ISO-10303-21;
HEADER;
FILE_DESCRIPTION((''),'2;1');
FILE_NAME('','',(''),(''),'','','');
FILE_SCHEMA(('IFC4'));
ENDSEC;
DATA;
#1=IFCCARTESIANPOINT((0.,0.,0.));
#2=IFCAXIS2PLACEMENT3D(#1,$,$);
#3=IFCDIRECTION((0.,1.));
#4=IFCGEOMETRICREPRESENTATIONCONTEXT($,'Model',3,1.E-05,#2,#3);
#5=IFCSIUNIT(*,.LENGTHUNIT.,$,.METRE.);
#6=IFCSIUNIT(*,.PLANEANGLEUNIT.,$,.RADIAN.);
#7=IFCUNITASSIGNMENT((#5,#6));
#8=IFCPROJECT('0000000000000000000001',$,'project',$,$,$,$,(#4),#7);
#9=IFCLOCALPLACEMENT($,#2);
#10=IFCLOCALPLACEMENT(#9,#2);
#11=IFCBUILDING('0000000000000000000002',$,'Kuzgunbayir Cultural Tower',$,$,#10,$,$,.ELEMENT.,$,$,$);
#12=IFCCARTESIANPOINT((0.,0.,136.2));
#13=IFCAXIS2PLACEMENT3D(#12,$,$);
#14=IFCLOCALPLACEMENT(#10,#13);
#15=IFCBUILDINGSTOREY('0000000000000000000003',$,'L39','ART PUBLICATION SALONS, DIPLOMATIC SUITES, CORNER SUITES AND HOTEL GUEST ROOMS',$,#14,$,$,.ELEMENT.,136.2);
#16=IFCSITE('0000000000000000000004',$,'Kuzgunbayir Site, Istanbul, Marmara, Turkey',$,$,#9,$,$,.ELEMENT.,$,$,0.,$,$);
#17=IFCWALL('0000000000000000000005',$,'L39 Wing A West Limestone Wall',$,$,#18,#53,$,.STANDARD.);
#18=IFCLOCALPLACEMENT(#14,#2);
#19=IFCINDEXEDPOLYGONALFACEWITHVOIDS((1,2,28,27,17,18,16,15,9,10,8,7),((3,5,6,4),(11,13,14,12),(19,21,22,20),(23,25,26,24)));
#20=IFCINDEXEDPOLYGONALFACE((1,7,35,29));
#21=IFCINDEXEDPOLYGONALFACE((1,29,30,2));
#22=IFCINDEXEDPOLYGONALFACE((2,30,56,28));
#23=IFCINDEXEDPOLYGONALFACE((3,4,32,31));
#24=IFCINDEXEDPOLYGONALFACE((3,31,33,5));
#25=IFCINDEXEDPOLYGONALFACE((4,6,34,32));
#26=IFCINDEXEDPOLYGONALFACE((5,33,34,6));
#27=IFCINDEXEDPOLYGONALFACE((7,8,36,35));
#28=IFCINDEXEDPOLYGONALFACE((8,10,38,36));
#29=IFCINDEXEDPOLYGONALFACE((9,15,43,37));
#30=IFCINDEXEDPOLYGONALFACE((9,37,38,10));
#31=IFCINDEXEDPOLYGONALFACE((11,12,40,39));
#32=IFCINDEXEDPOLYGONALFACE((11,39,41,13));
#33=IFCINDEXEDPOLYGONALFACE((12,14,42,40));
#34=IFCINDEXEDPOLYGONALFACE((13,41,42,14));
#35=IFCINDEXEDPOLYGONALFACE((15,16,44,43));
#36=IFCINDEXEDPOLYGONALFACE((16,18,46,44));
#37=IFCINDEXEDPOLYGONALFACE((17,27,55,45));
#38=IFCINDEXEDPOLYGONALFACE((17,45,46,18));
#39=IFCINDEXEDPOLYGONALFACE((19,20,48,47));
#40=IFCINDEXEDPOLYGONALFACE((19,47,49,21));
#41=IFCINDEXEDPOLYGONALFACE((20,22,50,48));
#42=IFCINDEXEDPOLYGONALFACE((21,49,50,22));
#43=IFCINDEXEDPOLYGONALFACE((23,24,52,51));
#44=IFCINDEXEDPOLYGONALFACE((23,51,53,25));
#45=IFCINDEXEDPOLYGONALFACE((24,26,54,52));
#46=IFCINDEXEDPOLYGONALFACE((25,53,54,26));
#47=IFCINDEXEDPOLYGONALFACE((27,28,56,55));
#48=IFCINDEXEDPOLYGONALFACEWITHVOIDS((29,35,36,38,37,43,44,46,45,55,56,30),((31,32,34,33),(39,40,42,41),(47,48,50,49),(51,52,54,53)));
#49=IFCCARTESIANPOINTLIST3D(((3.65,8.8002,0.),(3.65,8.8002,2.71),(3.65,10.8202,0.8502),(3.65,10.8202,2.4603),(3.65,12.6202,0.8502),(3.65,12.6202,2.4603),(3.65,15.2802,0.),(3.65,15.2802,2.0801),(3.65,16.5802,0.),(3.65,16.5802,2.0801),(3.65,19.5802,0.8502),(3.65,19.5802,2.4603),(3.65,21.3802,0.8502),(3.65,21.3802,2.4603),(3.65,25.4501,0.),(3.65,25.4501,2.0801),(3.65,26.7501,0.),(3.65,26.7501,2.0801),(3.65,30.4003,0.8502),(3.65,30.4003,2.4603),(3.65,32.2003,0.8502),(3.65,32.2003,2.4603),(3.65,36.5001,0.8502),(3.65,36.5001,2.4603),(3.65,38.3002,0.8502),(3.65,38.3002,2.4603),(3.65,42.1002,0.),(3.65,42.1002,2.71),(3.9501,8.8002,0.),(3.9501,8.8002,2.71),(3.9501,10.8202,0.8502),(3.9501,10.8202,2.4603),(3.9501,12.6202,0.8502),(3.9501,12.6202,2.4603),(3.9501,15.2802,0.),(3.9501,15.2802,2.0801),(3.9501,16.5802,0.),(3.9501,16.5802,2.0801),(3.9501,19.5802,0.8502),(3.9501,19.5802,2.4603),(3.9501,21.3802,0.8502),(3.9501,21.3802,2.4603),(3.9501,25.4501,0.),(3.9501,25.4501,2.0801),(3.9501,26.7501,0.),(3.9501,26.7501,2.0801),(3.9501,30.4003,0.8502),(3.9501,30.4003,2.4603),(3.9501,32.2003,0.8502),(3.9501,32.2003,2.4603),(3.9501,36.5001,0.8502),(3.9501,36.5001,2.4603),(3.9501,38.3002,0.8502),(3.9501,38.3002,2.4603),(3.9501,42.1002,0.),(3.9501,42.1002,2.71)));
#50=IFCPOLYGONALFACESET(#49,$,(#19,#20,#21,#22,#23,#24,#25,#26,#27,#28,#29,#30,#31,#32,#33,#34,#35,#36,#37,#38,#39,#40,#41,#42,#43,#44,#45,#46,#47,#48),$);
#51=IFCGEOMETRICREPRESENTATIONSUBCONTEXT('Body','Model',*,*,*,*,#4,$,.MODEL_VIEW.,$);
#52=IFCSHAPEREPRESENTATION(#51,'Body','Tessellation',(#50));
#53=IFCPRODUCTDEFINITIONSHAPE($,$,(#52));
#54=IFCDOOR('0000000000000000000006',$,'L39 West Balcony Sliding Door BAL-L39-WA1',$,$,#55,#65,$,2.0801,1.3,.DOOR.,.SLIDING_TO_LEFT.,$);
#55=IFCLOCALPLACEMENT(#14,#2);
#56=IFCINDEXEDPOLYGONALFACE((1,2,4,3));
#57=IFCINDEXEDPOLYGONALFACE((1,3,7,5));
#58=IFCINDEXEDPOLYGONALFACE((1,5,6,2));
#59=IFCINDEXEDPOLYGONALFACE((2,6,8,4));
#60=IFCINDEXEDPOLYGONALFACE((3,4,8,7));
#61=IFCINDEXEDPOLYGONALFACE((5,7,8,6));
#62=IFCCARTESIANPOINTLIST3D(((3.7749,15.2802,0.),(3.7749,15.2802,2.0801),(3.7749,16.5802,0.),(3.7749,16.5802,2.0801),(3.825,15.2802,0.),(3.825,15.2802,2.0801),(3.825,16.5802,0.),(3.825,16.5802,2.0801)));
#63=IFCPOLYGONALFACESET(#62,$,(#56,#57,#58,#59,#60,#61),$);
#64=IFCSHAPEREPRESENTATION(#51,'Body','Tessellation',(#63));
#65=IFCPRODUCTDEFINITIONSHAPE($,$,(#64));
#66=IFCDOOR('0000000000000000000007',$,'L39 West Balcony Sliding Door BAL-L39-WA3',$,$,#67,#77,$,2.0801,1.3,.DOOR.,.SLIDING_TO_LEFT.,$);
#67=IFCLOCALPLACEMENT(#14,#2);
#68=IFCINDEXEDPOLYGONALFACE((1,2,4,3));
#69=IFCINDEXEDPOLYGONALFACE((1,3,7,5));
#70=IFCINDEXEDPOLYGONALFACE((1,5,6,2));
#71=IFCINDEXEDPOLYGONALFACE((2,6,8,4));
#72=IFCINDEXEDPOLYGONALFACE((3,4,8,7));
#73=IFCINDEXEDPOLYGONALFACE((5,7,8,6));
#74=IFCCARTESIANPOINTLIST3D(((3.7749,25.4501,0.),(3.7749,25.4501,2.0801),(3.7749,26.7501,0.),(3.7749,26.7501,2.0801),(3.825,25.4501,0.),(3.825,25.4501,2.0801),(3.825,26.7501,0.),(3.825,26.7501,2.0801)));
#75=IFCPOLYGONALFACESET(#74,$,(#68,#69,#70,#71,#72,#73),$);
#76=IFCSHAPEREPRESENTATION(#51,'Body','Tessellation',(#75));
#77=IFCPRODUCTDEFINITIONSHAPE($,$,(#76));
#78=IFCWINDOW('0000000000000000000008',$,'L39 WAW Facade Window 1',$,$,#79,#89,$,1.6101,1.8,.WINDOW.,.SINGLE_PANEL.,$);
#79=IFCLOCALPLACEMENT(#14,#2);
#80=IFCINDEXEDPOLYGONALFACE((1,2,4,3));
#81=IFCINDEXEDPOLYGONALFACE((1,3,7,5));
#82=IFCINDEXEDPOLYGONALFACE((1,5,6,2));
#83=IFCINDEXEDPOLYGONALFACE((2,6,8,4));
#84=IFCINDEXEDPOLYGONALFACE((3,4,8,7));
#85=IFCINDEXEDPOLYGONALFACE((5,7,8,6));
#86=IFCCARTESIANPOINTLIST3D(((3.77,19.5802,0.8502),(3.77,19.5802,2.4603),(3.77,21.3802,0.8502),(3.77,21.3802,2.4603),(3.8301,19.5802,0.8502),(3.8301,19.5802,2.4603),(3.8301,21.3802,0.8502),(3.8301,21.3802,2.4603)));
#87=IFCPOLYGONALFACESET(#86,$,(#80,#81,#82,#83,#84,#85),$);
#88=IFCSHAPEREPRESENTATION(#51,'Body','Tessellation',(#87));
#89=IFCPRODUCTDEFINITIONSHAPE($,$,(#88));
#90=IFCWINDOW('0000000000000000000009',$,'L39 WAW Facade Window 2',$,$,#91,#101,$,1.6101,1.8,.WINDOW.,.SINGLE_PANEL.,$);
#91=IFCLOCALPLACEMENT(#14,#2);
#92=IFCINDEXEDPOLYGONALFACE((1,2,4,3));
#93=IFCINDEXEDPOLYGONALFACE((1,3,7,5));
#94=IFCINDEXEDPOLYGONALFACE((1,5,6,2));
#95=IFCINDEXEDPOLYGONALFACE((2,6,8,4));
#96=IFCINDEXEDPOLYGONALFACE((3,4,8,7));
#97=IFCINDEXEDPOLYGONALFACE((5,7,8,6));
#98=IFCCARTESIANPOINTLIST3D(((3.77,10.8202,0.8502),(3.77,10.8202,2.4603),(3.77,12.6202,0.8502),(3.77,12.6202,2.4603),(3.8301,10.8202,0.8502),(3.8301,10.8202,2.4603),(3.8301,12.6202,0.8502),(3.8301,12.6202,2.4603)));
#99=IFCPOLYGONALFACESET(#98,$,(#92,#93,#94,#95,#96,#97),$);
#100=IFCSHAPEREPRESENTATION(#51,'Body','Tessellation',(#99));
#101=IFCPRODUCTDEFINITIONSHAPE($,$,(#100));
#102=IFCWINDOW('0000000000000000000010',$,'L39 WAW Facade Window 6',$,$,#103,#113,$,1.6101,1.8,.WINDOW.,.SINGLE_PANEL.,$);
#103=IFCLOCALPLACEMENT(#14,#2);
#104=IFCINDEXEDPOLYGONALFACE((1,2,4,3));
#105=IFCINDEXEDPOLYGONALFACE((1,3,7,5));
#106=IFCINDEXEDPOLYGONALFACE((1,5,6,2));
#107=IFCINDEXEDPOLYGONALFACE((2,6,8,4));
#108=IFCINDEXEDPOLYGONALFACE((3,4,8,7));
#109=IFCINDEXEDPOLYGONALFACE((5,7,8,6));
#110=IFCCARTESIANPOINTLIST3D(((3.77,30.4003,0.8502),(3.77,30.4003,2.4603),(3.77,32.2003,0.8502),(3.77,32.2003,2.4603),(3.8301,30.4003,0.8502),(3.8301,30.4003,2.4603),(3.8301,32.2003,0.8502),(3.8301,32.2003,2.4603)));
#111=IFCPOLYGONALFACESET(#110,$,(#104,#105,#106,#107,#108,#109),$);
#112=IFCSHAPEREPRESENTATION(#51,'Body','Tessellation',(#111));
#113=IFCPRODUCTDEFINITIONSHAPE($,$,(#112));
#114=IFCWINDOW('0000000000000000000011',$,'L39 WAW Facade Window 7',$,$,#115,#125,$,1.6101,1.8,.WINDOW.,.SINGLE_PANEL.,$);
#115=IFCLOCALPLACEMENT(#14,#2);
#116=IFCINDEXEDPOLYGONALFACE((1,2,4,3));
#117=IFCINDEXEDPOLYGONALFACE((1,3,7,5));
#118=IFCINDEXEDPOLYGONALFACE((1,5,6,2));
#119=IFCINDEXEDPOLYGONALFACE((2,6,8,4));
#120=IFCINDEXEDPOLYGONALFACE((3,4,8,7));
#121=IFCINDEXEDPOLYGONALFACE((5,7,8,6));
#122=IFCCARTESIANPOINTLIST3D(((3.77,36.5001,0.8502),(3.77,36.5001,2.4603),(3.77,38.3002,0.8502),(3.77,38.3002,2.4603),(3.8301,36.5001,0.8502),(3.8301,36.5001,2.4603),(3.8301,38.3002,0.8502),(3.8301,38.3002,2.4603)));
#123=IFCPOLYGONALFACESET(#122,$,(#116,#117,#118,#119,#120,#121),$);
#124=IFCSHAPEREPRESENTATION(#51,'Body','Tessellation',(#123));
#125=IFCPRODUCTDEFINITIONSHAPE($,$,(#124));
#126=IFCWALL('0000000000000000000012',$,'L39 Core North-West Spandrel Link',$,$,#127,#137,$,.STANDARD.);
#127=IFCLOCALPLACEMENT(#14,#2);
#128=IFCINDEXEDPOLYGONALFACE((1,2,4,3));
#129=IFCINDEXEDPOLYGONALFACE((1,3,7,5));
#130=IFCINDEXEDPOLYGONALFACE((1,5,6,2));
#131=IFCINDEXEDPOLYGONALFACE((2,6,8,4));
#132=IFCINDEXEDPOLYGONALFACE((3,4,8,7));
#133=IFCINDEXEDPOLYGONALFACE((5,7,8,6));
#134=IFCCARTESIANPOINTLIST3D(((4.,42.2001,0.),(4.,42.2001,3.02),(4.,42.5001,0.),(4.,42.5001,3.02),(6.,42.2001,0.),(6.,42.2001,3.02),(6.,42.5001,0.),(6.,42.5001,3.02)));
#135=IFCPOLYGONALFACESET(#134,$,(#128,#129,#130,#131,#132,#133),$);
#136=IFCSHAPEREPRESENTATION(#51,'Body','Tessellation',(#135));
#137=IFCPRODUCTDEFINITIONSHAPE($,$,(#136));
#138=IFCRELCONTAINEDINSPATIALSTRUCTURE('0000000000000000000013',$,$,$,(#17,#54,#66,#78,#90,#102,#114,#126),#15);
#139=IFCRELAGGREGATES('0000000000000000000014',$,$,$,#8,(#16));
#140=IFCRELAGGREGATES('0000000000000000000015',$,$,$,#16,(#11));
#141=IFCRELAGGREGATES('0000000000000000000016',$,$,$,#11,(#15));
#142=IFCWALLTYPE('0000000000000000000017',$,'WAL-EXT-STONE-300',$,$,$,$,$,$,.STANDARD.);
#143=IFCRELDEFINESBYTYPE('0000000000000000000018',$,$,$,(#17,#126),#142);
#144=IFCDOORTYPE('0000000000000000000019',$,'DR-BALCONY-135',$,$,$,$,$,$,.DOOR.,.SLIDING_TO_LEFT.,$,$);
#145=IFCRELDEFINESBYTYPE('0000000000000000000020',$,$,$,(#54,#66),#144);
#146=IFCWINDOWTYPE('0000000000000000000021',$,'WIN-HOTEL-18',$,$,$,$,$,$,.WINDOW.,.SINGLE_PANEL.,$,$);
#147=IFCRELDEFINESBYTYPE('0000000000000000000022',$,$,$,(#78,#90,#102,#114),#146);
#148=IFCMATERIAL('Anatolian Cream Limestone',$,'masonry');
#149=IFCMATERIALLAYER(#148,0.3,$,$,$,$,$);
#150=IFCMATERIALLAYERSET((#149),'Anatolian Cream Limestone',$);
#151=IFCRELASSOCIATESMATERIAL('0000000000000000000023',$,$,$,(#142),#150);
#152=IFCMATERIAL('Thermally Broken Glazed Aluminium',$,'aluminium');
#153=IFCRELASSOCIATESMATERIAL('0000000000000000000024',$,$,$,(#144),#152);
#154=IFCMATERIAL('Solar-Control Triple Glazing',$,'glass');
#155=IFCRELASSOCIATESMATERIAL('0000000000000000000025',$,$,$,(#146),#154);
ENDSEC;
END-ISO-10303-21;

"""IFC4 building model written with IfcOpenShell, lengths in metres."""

from ifc_helpers import new_model, si_unit, direction, frame, frame_2d, origin, place, context, subcontext, project, spatial, rectangle, extrude, material, layer, layer_set, type_object, element, fill, save


model = new_model("IFC4")

# Units and contexts
model_context = context("Model", 3, precision=1e-05, world=origin(), true_north=direction((0.0, 1.0)))
body_context = subcontext(model_context, "Body", "Model", "MODEL_VIEW")
ifc_project = project(units=[si_unit("LENGTHUNIT", "METRE"), si_unit("PLANEANGLEUNIT", "RADIAN")], contexts=[model_context])

# Site, building, storey
site_placement = place(None, origin())
site = spatial("IfcSite", under=ifc_project, at=site_placement, Name="Kuzgunbayir Site, Istanbul, Marmara, Turkey", CompositionType="ELEMENT", RefElevation=0.0)
building_placement = place(site_placement, origin())
building = spatial("IfcBuilding", under=site, at=building_placement, Name="Kuzgunbayir Cultural Tower", CompositionType="ELEMENT")
storey_placement = place(building_placement, frame((0.0, 0.0, 136.2)))
storey = spatial("IfcBuildingStorey", under=building, at=storey_placement, Name="L39", Description="ART PUBLICATION SALONS, DIPLOMATIC SUITES, CORNER SUITES AND HOTEL GUEST ROOMS", CompositionType="ELEMENT", Elevation=136.2)

# Wall, openings, doors, windows
ifc_material_1 = material(Name="Anatolian Cream Limestone", Category="masonry")
ifc_layer_1 = layer(ifc_material_1, 0.3)
ifc_layer_set_1 = layer_set([ifc_layer_1], Name="Anatolian Cream Limestone")
wall_type_1 = type_object("IfcWallType", Name="WAL-EXT-STONE-300", PredefinedType="STANDARD", material=ifc_layer_set_1)
wall_1_placement = place(storey_placement, frame((3.8, 42.1001, 0.0), z_axis=(0.0, 0.0, 1.0), x_axis=(0.0, -1.0, 0.0)))
wall_1 = element("IfcWall", 1, at=wall_1_placement, inside=storey, type_object=wall_type_1, Name="L39 Wing A West Limestone Wall", PredefinedType="STANDARD", context=body_context, shape_type="SweptSolid", body=[
    extrude(rectangle(XDim=33.3, YDim=0.3, at=frame_2d((16.6499, 0.0))), origin(), (0.0, 0.0, 1.0), 2.71),
])
opening_1_placement = place(wall_1_placement, frame((25.52, 0.0, 0.0)))
opening_1 = element("IfcOpeningElement", 2, at=opening_1_placement, cuts=wall_1, PredefinedType="OPENING", context=body_context, shape_type="SweptSolid", body=[
    extrude(rectangle(XDim=1.3, YDim=2.0801, at=frame_2d((0.6499, 1.04))), frame((0.0, 0.1602, 0.0), z_axis=(0.0, -1.0, 0.0), x_axis=(1.0, 0.0, 0.0)), (0.0, 0.0, 1.0), 0.3201),
])
opening_2_placement = place(wall_1_placement, frame((15.3501, 0.0, 0.0)))
opening_2 = element("IfcOpeningElement", 3, at=opening_2_placement, cuts=wall_1, PredefinedType="OPENING", context=body_context, shape_type="SweptSolid", body=[
    extrude(rectangle(XDim=1.3, YDim=2.0801, at=frame_2d((0.6499, 1.04))), frame((0.0, 0.1602, 0.0), z_axis=(0.0, -1.0, 0.0), x_axis=(1.0, 0.0, 0.0)), (0.0, 0.0, 1.0), 0.3201),
])
opening_3_placement = place(wall_1_placement, frame((20.72, 0.0, 0.8501)))
opening_3 = element("IfcOpeningElement", 4, at=opening_3_placement, cuts=wall_1, PredefinedType="OPENING", context=body_context, shape_type="SweptSolid", body=[
    extrude(rectangle(XDim=1.8, YDim=1.6101, at=frame_2d((0.8999, 0.8052))), frame((0.0, 0.1602, 0.0), z_axis=(0.0, -1.0, 0.0), x_axis=(1.0, 0.0, 0.0)), (0.0, 0.0, 1.0), 0.3201),
])
opening_4_placement = place(wall_1_placement, frame((29.48, 0.0, 0.8501)))
opening_4 = element("IfcOpeningElement", 5, at=opening_4_placement, cuts=wall_1, PredefinedType="OPENING", context=body_context, shape_type="SweptSolid", body=[
    extrude(rectangle(XDim=1.8, YDim=1.6101, at=frame_2d((0.8999, 0.8052))), frame((0.0, 0.1602, 0.0), z_axis=(0.0, -1.0, 0.0), x_axis=(1.0, 0.0, 0.0)), (0.0, 0.0, 1.0), 0.3201),
])
opening_5_placement = place(wall_1_placement, frame((9.8999, 0.0, 0.8501)))
opening_5 = element("IfcOpeningElement", 6, at=opening_5_placement, cuts=wall_1, PredefinedType="OPENING", context=body_context, shape_type="SweptSolid", body=[
    extrude(rectangle(XDim=1.8, YDim=1.6101, at=frame_2d((0.8999, 0.8052))), frame((0.0, 0.1602, 0.0), z_axis=(0.0, -1.0, 0.0), x_axis=(1.0, 0.0, 0.0)), (0.0, 0.0, 1.0), 0.3201),
])
opening_6_placement = place(wall_1_placement, frame((3.8, 0.0, 0.8501)))
opening_6 = element("IfcOpeningElement", 7, at=opening_6_placement, cuts=wall_1, PredefinedType="OPENING", context=body_context, shape_type="SweptSolid", body=[
    extrude(rectangle(XDim=1.8, YDim=1.6101, at=frame_2d((0.8999, 0.8052))), frame((0.0, 0.1602, 0.0), z_axis=(0.0, -1.0, 0.0), x_axis=(1.0, 0.0, 0.0)), (0.0, 0.0, 1.0), 0.3201),
])
ifc_material_2 = material(Name="Thermally Broken Glazed Aluminium", Category="aluminium")
door_type = type_object("IfcDoorType", Name="DR-BALCONY-135", OperationType="SLIDING_TO_LEFT", PredefinedType="DOOR", material=ifc_material_2)
door_1_placement = place(opening_1_placement, origin())
door_1 = element("IfcDoor", 8, at=door_1_placement, inside=storey, type_object=door_type, Name="L39 West Balcony Sliding Door BAL-L39-WA1", OperationType="SLIDING_TO_LEFT", OverallHeight=2.0801, OverallWidth=1.3, PredefinedType="DOOR", context=body_context, shape_type="SweptSolid", body=[
    extrude(rectangle(XDim=1.3, YDim=2.0801, at=frame_2d((0.6499, 1.04))), frame((0.0, 0.0249, 0.0), z_axis=(0.0, -1.0, 0.0), x_axis=(1.0, 0.0, 0.0)), (0.0, 0.0, 1.0), 0.05),
])
fill(opening_1, door_1)
door_2_placement = place(opening_2_placement, origin())
door_2 = element("IfcDoor", 9, at=door_2_placement, inside=storey, type_object=door_type, Name="L39 West Balcony Sliding Door BAL-L39-WA3", OperationType="SLIDING_TO_LEFT", OverallHeight=2.0801, OverallWidth=1.3, PredefinedType="DOOR", context=body_context, shape_type="SweptSolid", body=[
    extrude(rectangle(XDim=1.3, YDim=2.0801, at=frame_2d((0.6499, 1.04))), frame((0.0, 0.0249, 0.0), z_axis=(0.0, -1.0, 0.0), x_axis=(1.0, 0.0, 0.0)), (0.0, 0.0, 1.0), 0.05),
])
fill(opening_2, door_2)
ifc_material_3 = material(Name="Solar-Control Triple Glazing", Category="glass")
window_type = type_object("IfcWindowType", Name="WIN-HOTEL-18", PartitioningType="SINGLE_PANEL", PredefinedType="WINDOW", material=ifc_material_3)
window_1_placement = place(opening_3_placement, origin())
window_1 = element("IfcWindow", 10, at=window_1_placement, inside=storey, type_object=window_type, Name="L39 WAW Facade Window 1", OverallHeight=1.6101, OverallWidth=1.8, PartitioningType="SINGLE_PANEL", PredefinedType="WINDOW", context=body_context, shape_type="SweptSolid", body=[
    extrude(rectangle(XDim=1.8, YDim=1.6101, at=frame_2d((0.8999, 0.8052))), frame((0.0, 0.03, 0.0), z_axis=(0.0, -1.0, 0.0), x_axis=(1.0, 0.0, 0.0)), (0.0, 0.0, 1.0), 0.0601),
])
fill(opening_3, window_1)
window_2_placement = place(opening_4_placement, origin())
window_2 = element("IfcWindow", 11, at=window_2_placement, inside=storey, type_object=window_type, Name="L39 WAW Facade Window 2", OverallHeight=1.6101, OverallWidth=1.8, PartitioningType="SINGLE_PANEL", PredefinedType="WINDOW", context=body_context, shape_type="SweptSolid", body=[
    extrude(rectangle(XDim=1.8, YDim=1.6101, at=frame_2d((0.8999, 0.8052))), frame((0.0, 0.03, 0.0), z_axis=(0.0, -1.0, 0.0), x_axis=(1.0, 0.0, 0.0)), (0.0, 0.0, 1.0), 0.0601),
])
fill(opening_4, window_2)
window_3_placement = place(opening_5_placement, origin())
window_3 = element("IfcWindow", 12, at=window_3_placement, inside=storey, type_object=window_type, Name="L39 WAW Facade Window 6", OverallHeight=1.6101, OverallWidth=1.8, PartitioningType="SINGLE_PANEL", PredefinedType="WINDOW", context=body_context, shape_type="SweptSolid", body=[
    extrude(rectangle(XDim=1.8, YDim=1.6101, at=frame_2d((0.8999, 0.8052))), frame((0.0, 0.03, 0.0), z_axis=(0.0, -1.0, 0.0), x_axis=(1.0, 0.0, 0.0)), (0.0, 0.0, 1.0), 0.0601),
])
fill(opening_5, window_3)
window_4_placement = place(opening_6_placement, origin())
window_4 = element("IfcWindow", 13, at=window_4_placement, inside=storey, type_object=window_type, Name="L39 WAW Facade Window 7", OverallHeight=1.6101, OverallWidth=1.8, PartitioningType="SINGLE_PANEL", PredefinedType="WINDOW", context=body_context, shape_type="SweptSolid", body=[
    extrude(rectangle(XDim=1.8, YDim=1.6101, at=frame_2d((0.8999, 0.8052))), frame((0.0, 0.03, 0.0), z_axis=(0.0, -1.0, 0.0), x_axis=(1.0, 0.0, 0.0)), (0.0, 0.0, 1.0), 0.0601),
])
fill(opening_6, window_4)

# Wall
wall_2_placement = place(storey_placement, frame((6.0, 42.3501, 0.0), z_axis=(0.0, 0.0, 1.0), x_axis=(-1.0, 0.0, 0.0)))
element("IfcWall", 14, at=wall_2_placement, inside=storey, type_object=wall_type_1, Name="L39 Core North-West Spandrel Link", PredefinedType="STANDARD", context=body_context, shape_type="SweptSolid", body=[
    extrude(rectangle(XDim=2.0, YDim=0.3, at=frame_2d((1.0, 0.0))), origin(), (0.0, 0.0, 1.0), 3.02),
])

save(model, "model.ifc")
